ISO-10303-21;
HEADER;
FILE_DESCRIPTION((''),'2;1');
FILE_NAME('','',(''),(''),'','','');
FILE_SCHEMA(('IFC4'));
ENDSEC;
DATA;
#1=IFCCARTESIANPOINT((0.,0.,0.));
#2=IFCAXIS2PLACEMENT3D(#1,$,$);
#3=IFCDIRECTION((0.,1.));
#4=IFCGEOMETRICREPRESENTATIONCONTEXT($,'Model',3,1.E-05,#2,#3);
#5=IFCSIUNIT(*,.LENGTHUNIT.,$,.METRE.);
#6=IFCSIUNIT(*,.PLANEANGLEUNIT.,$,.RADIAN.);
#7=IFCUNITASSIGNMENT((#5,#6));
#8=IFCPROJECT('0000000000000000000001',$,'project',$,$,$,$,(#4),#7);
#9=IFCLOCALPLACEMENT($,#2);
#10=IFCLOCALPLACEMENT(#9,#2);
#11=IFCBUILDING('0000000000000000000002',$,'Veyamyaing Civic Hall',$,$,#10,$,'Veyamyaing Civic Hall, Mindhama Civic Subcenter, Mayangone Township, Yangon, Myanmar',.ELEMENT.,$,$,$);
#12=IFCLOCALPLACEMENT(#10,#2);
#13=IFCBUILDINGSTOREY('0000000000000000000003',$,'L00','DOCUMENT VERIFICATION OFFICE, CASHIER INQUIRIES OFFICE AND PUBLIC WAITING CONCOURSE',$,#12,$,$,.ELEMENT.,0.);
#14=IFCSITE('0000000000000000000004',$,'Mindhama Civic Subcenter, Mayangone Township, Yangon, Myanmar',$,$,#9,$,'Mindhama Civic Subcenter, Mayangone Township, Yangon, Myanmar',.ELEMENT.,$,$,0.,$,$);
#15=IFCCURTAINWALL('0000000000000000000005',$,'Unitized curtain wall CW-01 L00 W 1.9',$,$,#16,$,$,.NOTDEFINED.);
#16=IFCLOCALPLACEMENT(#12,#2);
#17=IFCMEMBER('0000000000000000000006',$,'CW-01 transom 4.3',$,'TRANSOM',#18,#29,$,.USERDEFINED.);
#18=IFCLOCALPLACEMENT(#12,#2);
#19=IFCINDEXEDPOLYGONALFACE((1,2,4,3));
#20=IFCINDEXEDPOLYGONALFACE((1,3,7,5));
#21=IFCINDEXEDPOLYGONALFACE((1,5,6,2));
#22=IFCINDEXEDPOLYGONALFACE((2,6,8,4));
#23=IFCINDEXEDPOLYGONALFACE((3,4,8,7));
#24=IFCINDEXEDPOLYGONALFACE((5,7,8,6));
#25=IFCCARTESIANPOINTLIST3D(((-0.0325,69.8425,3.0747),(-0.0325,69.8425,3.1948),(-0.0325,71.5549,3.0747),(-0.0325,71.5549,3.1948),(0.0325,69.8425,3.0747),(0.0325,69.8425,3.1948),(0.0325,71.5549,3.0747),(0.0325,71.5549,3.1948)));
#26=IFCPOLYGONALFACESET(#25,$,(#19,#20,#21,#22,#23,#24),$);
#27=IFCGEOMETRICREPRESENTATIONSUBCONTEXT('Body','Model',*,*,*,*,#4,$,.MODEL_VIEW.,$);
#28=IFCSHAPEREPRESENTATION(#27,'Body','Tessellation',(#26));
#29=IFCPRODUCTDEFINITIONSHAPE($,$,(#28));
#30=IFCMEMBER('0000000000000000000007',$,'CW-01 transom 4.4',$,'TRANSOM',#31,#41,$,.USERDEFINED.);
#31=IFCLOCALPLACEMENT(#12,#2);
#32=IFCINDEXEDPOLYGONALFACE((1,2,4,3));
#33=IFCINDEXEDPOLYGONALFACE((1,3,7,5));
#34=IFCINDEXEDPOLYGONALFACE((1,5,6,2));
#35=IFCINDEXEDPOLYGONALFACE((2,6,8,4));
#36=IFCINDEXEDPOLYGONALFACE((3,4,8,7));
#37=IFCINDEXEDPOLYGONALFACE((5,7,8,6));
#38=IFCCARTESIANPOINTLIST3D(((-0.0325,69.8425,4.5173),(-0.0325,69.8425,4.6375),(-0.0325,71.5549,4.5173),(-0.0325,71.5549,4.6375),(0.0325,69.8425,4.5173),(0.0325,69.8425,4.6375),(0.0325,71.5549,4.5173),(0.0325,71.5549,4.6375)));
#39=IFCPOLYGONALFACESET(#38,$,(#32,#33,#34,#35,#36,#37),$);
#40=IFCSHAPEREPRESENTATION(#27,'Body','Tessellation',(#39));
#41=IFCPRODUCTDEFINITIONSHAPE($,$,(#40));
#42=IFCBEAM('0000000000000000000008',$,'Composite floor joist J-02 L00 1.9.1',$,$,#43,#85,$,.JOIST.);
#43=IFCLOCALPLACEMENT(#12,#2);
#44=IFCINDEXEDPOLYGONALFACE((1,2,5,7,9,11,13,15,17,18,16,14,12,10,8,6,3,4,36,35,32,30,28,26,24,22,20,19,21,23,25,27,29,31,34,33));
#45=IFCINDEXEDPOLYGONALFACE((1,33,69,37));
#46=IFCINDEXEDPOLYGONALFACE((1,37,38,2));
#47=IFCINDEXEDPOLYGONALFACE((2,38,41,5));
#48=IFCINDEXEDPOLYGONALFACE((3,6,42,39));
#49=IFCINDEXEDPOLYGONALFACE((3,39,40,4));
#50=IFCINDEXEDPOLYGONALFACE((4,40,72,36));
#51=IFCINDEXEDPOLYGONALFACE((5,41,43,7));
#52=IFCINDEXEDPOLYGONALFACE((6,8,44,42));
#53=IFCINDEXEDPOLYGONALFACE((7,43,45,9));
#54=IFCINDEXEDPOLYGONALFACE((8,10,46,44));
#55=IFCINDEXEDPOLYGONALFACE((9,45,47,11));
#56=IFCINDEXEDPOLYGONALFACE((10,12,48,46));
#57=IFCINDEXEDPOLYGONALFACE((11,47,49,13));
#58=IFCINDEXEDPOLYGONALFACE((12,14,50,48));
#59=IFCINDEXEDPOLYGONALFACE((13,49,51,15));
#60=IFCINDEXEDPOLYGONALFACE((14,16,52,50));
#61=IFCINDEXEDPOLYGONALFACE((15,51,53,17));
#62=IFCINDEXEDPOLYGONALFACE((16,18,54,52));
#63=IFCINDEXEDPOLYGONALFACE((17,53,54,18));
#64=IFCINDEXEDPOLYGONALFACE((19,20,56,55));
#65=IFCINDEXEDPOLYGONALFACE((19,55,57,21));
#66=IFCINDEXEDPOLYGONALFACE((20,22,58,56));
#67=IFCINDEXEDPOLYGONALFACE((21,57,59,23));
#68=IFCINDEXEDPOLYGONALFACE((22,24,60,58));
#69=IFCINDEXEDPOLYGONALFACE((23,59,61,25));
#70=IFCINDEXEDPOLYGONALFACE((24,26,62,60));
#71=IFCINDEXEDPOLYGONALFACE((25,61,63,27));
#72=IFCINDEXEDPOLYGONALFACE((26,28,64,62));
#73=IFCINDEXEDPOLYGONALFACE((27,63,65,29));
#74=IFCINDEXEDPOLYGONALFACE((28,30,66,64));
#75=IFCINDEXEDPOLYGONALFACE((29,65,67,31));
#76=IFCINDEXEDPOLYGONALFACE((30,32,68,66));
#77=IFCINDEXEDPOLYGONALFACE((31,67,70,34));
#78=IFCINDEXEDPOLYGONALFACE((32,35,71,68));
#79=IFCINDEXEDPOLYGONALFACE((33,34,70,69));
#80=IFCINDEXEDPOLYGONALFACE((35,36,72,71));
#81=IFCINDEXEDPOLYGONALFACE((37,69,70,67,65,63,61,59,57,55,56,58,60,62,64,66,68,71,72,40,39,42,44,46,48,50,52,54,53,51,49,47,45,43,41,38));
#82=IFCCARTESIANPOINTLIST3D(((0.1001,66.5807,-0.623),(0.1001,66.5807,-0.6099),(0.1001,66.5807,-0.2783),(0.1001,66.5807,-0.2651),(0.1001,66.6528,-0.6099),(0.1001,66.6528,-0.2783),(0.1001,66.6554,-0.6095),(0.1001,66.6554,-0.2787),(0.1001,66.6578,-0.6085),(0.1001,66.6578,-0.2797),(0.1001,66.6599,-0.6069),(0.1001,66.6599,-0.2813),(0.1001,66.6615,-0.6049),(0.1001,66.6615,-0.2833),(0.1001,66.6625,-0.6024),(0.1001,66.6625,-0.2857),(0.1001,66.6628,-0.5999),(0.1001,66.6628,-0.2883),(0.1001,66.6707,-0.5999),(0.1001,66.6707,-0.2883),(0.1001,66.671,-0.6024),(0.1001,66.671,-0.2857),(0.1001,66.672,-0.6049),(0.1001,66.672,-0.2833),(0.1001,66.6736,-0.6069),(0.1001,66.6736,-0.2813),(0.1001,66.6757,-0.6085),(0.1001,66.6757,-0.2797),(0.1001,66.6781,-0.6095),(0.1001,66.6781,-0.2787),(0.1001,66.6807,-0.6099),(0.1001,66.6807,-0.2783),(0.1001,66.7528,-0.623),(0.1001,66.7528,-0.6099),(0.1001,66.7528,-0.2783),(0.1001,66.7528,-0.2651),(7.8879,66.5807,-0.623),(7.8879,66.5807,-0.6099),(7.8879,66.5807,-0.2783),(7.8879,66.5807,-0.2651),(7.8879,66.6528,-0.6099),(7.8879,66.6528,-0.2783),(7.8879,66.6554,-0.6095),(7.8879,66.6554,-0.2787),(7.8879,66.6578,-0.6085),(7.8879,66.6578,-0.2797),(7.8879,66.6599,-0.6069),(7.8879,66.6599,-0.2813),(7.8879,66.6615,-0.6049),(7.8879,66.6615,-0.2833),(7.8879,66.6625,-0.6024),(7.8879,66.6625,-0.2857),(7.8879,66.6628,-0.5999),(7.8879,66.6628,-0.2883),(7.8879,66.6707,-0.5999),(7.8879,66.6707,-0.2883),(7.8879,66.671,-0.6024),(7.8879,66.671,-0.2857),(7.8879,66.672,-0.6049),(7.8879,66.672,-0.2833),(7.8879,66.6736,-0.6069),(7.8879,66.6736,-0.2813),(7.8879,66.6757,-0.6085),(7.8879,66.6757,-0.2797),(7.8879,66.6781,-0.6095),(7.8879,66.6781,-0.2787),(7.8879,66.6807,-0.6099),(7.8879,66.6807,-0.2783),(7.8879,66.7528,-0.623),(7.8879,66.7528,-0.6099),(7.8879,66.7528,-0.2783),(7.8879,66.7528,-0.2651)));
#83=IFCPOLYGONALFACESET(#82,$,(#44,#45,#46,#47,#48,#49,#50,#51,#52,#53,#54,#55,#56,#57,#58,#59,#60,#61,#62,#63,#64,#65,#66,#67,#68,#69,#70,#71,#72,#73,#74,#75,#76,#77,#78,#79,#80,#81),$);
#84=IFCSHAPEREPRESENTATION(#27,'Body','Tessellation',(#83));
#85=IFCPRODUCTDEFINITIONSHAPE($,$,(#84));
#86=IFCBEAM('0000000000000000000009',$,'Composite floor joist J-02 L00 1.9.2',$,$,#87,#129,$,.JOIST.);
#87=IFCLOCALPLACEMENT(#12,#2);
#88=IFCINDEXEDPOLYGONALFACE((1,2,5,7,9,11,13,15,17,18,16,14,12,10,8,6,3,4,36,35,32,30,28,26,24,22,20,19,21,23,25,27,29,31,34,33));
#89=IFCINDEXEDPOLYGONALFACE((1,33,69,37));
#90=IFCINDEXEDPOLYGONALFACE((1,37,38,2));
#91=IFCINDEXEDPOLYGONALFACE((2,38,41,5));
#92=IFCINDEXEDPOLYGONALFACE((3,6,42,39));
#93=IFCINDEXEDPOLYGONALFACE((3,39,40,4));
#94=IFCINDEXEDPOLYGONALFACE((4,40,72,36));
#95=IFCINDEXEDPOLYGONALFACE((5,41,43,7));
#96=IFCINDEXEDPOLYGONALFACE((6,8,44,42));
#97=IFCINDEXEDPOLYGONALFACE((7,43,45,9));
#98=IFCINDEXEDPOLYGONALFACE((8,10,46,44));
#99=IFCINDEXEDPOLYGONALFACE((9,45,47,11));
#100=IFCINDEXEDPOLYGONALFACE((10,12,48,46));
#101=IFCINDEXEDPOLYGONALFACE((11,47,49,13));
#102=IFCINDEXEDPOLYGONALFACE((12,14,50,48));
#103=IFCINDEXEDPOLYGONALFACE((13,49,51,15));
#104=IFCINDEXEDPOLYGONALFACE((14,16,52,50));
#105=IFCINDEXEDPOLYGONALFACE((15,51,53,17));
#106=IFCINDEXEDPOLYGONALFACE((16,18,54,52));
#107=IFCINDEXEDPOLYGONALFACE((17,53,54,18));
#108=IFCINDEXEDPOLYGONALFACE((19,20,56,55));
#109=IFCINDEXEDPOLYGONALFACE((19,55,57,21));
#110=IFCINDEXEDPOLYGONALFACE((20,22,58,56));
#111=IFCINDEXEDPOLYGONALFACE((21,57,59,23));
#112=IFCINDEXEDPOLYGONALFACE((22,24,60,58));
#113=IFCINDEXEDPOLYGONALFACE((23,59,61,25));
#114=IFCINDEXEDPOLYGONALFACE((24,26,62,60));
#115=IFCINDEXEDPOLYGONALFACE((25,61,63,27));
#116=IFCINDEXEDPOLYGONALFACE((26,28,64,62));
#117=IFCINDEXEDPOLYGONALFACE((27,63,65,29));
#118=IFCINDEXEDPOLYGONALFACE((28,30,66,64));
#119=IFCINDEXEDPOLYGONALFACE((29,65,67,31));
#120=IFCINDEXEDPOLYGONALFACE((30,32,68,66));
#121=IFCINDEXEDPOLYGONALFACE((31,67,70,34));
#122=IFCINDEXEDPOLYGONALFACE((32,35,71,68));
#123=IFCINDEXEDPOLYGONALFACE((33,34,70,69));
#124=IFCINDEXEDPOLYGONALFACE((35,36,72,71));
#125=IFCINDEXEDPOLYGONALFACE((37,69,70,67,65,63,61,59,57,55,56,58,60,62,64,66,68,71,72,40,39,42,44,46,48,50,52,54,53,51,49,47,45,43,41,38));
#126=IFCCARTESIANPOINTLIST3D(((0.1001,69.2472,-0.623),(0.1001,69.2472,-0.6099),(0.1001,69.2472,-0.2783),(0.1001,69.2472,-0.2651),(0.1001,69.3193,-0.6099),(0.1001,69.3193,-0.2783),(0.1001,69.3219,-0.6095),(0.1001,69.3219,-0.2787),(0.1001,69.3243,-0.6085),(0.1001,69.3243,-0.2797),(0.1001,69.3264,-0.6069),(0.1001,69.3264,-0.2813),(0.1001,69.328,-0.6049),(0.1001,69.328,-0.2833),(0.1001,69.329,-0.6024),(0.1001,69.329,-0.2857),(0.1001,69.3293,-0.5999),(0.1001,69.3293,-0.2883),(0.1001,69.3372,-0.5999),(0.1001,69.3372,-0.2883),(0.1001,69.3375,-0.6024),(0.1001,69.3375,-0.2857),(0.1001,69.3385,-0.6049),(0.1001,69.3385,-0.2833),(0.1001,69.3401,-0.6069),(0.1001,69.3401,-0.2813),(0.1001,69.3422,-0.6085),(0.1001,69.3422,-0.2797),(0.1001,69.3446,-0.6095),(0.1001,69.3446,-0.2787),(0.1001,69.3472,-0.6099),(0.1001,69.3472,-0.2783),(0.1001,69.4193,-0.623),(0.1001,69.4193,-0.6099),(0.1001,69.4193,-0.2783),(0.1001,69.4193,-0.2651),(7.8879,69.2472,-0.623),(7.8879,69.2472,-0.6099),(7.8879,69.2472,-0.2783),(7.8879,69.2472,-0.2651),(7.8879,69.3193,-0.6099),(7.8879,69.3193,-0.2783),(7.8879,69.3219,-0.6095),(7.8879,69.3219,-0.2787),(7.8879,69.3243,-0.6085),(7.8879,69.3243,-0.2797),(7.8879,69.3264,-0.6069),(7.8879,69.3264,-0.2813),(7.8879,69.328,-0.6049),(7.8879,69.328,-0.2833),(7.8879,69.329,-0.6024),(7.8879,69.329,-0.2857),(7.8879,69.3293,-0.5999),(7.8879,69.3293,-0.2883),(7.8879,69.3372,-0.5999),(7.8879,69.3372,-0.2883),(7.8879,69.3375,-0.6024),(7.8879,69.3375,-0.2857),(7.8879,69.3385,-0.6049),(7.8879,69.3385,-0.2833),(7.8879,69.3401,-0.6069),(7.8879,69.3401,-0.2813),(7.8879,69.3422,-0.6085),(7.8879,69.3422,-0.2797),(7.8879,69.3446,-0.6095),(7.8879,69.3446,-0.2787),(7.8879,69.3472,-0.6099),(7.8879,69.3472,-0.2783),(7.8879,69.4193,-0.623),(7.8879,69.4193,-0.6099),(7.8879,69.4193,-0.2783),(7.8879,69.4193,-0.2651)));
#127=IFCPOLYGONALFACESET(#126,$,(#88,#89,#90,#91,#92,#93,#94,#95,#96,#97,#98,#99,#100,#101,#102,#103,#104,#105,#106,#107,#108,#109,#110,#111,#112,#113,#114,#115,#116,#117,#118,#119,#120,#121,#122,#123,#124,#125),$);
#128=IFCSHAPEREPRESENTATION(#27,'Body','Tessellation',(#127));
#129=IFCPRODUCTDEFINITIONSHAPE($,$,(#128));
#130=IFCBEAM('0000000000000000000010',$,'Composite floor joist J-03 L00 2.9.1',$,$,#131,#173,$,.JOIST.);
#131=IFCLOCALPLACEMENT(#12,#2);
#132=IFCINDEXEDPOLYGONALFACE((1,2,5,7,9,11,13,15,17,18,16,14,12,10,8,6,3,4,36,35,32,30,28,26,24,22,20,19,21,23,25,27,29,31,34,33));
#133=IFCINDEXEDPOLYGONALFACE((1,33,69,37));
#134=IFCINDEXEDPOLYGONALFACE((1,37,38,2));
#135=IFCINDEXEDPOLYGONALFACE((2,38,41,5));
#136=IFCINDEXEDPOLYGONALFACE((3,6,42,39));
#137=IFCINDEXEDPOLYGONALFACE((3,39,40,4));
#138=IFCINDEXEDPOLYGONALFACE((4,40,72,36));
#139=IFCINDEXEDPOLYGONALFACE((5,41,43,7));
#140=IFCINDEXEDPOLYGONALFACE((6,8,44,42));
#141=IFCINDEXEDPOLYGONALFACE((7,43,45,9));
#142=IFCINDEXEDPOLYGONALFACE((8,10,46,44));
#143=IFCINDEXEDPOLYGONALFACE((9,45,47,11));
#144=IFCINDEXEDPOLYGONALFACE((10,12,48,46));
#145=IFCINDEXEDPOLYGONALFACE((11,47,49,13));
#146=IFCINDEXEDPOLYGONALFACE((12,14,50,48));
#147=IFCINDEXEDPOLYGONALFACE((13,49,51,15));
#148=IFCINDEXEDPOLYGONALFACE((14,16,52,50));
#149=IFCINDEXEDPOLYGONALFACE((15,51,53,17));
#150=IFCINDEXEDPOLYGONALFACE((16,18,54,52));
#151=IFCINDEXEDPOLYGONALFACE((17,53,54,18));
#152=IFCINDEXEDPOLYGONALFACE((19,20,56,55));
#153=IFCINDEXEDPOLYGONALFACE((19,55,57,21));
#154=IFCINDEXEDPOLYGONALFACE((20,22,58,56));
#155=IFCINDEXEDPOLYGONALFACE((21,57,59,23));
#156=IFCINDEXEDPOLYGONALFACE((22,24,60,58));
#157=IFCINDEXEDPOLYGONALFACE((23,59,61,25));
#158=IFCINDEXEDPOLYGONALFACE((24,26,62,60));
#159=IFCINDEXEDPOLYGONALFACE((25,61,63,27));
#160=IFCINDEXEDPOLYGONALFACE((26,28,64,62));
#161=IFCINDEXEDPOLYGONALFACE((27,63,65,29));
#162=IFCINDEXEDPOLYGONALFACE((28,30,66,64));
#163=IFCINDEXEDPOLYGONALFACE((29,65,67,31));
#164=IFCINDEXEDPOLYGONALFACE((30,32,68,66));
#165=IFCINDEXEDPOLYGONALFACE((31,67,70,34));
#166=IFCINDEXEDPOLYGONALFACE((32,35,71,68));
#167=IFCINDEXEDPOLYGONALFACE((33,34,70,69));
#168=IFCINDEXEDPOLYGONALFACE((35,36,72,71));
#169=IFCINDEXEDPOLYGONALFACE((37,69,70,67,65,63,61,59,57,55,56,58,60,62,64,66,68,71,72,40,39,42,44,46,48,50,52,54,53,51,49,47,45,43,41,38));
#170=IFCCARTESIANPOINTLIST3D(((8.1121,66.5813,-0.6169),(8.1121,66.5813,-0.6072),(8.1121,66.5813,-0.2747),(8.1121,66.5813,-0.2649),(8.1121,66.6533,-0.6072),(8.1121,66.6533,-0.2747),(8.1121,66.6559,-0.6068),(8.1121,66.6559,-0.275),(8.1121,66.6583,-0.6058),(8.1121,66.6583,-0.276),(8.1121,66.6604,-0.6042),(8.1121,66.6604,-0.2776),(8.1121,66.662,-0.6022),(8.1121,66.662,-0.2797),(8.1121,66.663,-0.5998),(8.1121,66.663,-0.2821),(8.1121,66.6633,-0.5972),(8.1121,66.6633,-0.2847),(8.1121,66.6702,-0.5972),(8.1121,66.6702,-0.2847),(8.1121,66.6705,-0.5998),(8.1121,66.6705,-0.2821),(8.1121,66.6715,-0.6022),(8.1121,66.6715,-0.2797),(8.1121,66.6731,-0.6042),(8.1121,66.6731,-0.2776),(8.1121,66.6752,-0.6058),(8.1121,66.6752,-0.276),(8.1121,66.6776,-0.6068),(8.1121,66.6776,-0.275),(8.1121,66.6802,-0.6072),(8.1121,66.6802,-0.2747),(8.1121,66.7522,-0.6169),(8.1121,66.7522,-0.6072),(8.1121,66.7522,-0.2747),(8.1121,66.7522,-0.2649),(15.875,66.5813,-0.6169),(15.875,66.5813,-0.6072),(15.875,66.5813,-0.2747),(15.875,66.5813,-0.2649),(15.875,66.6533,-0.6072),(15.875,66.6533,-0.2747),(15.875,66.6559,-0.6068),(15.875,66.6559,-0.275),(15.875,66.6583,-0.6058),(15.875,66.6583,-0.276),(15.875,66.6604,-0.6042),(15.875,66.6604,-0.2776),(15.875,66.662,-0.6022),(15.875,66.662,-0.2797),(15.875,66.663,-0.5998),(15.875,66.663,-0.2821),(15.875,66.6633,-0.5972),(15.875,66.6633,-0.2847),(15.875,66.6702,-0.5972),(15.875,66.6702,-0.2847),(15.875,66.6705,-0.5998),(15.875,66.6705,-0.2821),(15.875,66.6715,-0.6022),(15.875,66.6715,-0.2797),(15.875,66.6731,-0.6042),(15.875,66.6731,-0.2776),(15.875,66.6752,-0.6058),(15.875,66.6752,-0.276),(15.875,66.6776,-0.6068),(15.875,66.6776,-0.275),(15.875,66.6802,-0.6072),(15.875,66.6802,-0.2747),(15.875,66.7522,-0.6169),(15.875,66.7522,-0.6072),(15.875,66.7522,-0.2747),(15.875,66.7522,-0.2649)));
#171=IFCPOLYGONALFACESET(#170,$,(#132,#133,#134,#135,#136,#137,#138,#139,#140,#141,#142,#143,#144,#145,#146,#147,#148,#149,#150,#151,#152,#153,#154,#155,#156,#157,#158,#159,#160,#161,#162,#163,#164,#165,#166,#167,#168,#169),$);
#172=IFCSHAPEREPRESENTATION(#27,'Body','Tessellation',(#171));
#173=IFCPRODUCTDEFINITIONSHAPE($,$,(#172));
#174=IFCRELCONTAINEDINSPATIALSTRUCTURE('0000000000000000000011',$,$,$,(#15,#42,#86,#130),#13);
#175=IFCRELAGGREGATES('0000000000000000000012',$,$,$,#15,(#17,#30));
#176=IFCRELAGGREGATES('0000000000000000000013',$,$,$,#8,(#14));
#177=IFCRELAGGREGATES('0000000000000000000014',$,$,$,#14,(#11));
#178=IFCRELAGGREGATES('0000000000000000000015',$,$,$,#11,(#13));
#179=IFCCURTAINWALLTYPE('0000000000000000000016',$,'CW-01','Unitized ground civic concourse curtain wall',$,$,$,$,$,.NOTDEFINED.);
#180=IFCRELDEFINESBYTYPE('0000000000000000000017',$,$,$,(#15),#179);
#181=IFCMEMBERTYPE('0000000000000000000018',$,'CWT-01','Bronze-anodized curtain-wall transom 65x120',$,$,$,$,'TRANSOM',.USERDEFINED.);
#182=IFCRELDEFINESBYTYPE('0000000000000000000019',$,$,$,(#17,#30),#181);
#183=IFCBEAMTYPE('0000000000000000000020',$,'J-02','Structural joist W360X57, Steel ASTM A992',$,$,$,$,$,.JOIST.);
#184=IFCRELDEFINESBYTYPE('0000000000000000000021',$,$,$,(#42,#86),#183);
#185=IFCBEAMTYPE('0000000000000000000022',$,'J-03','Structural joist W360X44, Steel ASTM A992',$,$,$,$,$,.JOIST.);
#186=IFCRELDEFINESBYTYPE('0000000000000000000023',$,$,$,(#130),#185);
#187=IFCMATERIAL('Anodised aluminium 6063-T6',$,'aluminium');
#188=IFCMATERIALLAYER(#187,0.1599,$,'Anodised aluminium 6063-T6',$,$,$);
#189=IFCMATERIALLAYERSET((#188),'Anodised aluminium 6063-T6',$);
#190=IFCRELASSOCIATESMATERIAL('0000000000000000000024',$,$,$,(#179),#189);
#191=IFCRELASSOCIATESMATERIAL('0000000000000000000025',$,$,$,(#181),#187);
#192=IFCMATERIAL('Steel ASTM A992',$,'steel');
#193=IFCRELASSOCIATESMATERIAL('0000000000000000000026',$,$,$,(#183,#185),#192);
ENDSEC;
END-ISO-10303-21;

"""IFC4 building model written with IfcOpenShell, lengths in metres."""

from ifc_helpers import new_model, si_unit, direction, frame, origin, origin_2d, place, context, subcontext, project, spatial, rectangle, i_section, extrude, material, layer, layer_set, material_profile, profile_set, type_object, element, aggregate, save


model = new_model("IFC4")

# Units and contexts
model_context = context("Model", 3, precision=1e-05, world=origin(), true_north=direction((0.0, 1.0)))
body_context = subcontext(model_context, "Body", "Model", "MODEL_VIEW")
ifc_project = project(units=[si_unit("LENGTHUNIT", "METRE"), si_unit("PLANEANGLEUNIT", "RADIAN")], contexts=[model_context])

# Site, building, storey
site_placement = place(None, origin())
site = spatial("IfcSite", under=ifc_project, at=site_placement, Name="Mindhama Civic Subcenter, Mayangone Township, Yangon, Myanmar", LongName="Mindhama Civic Subcenter, Mayangone Township, Yangon, Myanmar", CompositionType="ELEMENT", RefElevation=0.0)
building_placement = place(site_placement, origin())
building = spatial("IfcBuilding", under=site, at=building_placement, Name="Veyamyaing Civic Hall", LongName="Veyamyaing Civic Hall, Mindhama Civic Subcenter, Mayangone Township, Yangon, Myanmar", CompositionType="ELEMENT")
storey_placement = place(building_placement, origin())
storey = spatial("IfcBuildingStorey", under=building, at=storey_placement, Name="L00", Description="DOCUMENT VERIFICATION OFFICE, CASHIER INQUIRIES OFFICE AND PUBLIC WAITING CONCOURSE", CompositionType="ELEMENT", Elevation=0.0)

# Curtain wall, members
ifc_material_1 = material(Name="Anodised aluminium 6063-T6", Category="aluminium")
ifc_layer_1 = layer(ifc_material_1, 0.1599, Name="Anodised aluminium 6063-T6")
ifc_layer_set_1 = layer_set([ifc_layer_1], Name="Anodised aluminium 6063-T6")
curtain_wall_type = type_object("IfcCurtainWallType", Name="CW-01", Description="Unitized ground civic concourse curtain wall", PredefinedType="NOTDEFINED", material=ifc_layer_set_1)
curtain_wall_placement = place(storey_placement, origin())
curtain_wall = element("IfcCurtainWall", 1, at=curtain_wall_placement, inside=storey, type_object=curtain_wall_type, Name="Unitized curtain wall CW-01 L00 W 1.9", PredefinedType="NOTDEFINED")
ifc_material_profile_1 = material_profile(ifc_material_1, rectangle(XDim=0.0649, YDim=0.1201, at=origin_2d()), Name="ALU-TRN-65X120")
ifc_profile_set_1 = profile_set([ifc_material_profile_1], Name="Anodised aluminium 6063-T6")
member_type_1 = type_object("IfcMemberType", Name="CWT-01", Description="Bronze-anodized curtain-wall transom 65x120", ElementType="TRANSOM", PredefinedType="USERDEFINED", material=ifc_profile_set_1)
member_1_placement = place(storey_placement, frame((0.0, 69.8425, 3.1348), z_axis=(0.0, 1.0, 0.0), x_axis=(-1.0, 0.0, 0.0)))
member_1 = element("IfcMember", 2, at=member_1_placement, type_object=member_type_1, Name="CW-01 transom 4.3", ObjectType="TRANSOM", PredefinedType="USERDEFINED", context=body_context, shape_type="SweptSolid", body=[
    extrude(rectangle(XDim=0.0649, YDim=0.1201, at=origin_2d()), origin(), (0.0, 0.0, 1.0), 1.7124),
])
member_2_placement = place(storey_placement, frame((0.0, 69.8425, 4.5774), z_axis=(0.0, 1.0, 0.0), x_axis=(-1.0, 0.0, 0.0)))
member_2 = element("IfcMember", 3, at=member_2_placement, type_object=member_type_1, Name="CW-01 transom 4.4", ObjectType="TRANSOM", PredefinedType="USERDEFINED", context=body_context, shape_type="SweptSolid", body=[
    extrude(rectangle(XDim=0.0649, YDim=0.1201, at=origin_2d()), origin(), (0.0, 0.0, 1.0), 1.7124),
])

# Beams
ifc_material_2 = material(Name="Steel ASTM A992", Category="steel")
ifc_material_profile_2 = material_profile(ifc_material_2, i_section(OverallWidth=0.1721, OverallDepth=0.3579, WebThickness=0.0078, FlangeThickness=0.0132, FilletRadius=0.01, at=origin_2d()), Name="W360X57")
ifc_profile_set_2 = profile_set([ifc_material_profile_2], Name="Steel ASTM A992")
beam_type_1 = type_object("IfcBeamType", Name="J-02", Description="Structural joist W360X57, Steel ASTM A992", PredefinedType="JOIST", material=ifc_profile_set_2)
for number, where, z_axis, x_axis, name in (
    (4, (0.1001, 66.6667, -0.4441), (1.0, 0.0, 0.0), (0.0, 1.0, 0.0), "Composite floor joist J-02 L00 1.9.1"),
    (5, (0.1001, 69.3333, -0.4441), (1.0, 0.0, 0.0), (0.0, 1.0, 0.0), "Composite floor joist J-02 L00 1.9.2"),
):
    element("IfcBeam", number, at=place(storey_placement, frame(where, z_axis=z_axis, x_axis=x_axis)), inside=storey, type_object=beam_type_1, Name=name, PredefinedType="JOIST", context=body_context, shape_type="SweptSolid", body=[
        extrude(i_section(OverallWidth=0.1721, OverallDepth=0.3579, WebThickness=0.0078, FlangeThickness=0.0132, FilletRadius=0.01, at=origin_2d()), origin(), (0.0, 0.0, 1.0), 7.7878),
    ])
ifc_material_profile_3 = material_profile(ifc_material_2, i_section(OverallWidth=0.1709, OverallDepth=0.3521, WebThickness=0.0068, FlangeThickness=0.0098, FilletRadius=0.01, at=origin_2d()), Name="W360X44")
ifc_profile_set_3 = profile_set([ifc_material_profile_3], Name="Steel ASTM A992")
beam_type_2 = type_object("IfcBeamType", Name="J-03", Description="Structural joist W360X44, Steel ASTM A992", PredefinedType="JOIST", material=ifc_profile_set_3)
for number, where, z_axis, x_axis, name in (
    (6, (8.1121, 66.6667, -0.4409), (1.0, 0.0, 0.0), (0.0, 1.0, 0.0), "Composite floor joist J-03 L00 2.9.1"),
):
    element("IfcBeam", number, at=place(storey_placement, frame(where, z_axis=z_axis, x_axis=x_axis)), inside=storey, type_object=beam_type_2, Name=name, PredefinedType="JOIST", context=body_context, shape_type="SweptSolid", body=[
        extrude(i_section(OverallWidth=0.1709, OverallDepth=0.3521, WebThickness=0.0068, FlangeThickness=0.0098, FilletRadius=0.01, at=origin_2d()), origin(), (0.0, 0.0, 1.0), 7.7629),
    ])

aggregate(curtain_wall, [member_1, member_2])

save(model, "model.ifc")
